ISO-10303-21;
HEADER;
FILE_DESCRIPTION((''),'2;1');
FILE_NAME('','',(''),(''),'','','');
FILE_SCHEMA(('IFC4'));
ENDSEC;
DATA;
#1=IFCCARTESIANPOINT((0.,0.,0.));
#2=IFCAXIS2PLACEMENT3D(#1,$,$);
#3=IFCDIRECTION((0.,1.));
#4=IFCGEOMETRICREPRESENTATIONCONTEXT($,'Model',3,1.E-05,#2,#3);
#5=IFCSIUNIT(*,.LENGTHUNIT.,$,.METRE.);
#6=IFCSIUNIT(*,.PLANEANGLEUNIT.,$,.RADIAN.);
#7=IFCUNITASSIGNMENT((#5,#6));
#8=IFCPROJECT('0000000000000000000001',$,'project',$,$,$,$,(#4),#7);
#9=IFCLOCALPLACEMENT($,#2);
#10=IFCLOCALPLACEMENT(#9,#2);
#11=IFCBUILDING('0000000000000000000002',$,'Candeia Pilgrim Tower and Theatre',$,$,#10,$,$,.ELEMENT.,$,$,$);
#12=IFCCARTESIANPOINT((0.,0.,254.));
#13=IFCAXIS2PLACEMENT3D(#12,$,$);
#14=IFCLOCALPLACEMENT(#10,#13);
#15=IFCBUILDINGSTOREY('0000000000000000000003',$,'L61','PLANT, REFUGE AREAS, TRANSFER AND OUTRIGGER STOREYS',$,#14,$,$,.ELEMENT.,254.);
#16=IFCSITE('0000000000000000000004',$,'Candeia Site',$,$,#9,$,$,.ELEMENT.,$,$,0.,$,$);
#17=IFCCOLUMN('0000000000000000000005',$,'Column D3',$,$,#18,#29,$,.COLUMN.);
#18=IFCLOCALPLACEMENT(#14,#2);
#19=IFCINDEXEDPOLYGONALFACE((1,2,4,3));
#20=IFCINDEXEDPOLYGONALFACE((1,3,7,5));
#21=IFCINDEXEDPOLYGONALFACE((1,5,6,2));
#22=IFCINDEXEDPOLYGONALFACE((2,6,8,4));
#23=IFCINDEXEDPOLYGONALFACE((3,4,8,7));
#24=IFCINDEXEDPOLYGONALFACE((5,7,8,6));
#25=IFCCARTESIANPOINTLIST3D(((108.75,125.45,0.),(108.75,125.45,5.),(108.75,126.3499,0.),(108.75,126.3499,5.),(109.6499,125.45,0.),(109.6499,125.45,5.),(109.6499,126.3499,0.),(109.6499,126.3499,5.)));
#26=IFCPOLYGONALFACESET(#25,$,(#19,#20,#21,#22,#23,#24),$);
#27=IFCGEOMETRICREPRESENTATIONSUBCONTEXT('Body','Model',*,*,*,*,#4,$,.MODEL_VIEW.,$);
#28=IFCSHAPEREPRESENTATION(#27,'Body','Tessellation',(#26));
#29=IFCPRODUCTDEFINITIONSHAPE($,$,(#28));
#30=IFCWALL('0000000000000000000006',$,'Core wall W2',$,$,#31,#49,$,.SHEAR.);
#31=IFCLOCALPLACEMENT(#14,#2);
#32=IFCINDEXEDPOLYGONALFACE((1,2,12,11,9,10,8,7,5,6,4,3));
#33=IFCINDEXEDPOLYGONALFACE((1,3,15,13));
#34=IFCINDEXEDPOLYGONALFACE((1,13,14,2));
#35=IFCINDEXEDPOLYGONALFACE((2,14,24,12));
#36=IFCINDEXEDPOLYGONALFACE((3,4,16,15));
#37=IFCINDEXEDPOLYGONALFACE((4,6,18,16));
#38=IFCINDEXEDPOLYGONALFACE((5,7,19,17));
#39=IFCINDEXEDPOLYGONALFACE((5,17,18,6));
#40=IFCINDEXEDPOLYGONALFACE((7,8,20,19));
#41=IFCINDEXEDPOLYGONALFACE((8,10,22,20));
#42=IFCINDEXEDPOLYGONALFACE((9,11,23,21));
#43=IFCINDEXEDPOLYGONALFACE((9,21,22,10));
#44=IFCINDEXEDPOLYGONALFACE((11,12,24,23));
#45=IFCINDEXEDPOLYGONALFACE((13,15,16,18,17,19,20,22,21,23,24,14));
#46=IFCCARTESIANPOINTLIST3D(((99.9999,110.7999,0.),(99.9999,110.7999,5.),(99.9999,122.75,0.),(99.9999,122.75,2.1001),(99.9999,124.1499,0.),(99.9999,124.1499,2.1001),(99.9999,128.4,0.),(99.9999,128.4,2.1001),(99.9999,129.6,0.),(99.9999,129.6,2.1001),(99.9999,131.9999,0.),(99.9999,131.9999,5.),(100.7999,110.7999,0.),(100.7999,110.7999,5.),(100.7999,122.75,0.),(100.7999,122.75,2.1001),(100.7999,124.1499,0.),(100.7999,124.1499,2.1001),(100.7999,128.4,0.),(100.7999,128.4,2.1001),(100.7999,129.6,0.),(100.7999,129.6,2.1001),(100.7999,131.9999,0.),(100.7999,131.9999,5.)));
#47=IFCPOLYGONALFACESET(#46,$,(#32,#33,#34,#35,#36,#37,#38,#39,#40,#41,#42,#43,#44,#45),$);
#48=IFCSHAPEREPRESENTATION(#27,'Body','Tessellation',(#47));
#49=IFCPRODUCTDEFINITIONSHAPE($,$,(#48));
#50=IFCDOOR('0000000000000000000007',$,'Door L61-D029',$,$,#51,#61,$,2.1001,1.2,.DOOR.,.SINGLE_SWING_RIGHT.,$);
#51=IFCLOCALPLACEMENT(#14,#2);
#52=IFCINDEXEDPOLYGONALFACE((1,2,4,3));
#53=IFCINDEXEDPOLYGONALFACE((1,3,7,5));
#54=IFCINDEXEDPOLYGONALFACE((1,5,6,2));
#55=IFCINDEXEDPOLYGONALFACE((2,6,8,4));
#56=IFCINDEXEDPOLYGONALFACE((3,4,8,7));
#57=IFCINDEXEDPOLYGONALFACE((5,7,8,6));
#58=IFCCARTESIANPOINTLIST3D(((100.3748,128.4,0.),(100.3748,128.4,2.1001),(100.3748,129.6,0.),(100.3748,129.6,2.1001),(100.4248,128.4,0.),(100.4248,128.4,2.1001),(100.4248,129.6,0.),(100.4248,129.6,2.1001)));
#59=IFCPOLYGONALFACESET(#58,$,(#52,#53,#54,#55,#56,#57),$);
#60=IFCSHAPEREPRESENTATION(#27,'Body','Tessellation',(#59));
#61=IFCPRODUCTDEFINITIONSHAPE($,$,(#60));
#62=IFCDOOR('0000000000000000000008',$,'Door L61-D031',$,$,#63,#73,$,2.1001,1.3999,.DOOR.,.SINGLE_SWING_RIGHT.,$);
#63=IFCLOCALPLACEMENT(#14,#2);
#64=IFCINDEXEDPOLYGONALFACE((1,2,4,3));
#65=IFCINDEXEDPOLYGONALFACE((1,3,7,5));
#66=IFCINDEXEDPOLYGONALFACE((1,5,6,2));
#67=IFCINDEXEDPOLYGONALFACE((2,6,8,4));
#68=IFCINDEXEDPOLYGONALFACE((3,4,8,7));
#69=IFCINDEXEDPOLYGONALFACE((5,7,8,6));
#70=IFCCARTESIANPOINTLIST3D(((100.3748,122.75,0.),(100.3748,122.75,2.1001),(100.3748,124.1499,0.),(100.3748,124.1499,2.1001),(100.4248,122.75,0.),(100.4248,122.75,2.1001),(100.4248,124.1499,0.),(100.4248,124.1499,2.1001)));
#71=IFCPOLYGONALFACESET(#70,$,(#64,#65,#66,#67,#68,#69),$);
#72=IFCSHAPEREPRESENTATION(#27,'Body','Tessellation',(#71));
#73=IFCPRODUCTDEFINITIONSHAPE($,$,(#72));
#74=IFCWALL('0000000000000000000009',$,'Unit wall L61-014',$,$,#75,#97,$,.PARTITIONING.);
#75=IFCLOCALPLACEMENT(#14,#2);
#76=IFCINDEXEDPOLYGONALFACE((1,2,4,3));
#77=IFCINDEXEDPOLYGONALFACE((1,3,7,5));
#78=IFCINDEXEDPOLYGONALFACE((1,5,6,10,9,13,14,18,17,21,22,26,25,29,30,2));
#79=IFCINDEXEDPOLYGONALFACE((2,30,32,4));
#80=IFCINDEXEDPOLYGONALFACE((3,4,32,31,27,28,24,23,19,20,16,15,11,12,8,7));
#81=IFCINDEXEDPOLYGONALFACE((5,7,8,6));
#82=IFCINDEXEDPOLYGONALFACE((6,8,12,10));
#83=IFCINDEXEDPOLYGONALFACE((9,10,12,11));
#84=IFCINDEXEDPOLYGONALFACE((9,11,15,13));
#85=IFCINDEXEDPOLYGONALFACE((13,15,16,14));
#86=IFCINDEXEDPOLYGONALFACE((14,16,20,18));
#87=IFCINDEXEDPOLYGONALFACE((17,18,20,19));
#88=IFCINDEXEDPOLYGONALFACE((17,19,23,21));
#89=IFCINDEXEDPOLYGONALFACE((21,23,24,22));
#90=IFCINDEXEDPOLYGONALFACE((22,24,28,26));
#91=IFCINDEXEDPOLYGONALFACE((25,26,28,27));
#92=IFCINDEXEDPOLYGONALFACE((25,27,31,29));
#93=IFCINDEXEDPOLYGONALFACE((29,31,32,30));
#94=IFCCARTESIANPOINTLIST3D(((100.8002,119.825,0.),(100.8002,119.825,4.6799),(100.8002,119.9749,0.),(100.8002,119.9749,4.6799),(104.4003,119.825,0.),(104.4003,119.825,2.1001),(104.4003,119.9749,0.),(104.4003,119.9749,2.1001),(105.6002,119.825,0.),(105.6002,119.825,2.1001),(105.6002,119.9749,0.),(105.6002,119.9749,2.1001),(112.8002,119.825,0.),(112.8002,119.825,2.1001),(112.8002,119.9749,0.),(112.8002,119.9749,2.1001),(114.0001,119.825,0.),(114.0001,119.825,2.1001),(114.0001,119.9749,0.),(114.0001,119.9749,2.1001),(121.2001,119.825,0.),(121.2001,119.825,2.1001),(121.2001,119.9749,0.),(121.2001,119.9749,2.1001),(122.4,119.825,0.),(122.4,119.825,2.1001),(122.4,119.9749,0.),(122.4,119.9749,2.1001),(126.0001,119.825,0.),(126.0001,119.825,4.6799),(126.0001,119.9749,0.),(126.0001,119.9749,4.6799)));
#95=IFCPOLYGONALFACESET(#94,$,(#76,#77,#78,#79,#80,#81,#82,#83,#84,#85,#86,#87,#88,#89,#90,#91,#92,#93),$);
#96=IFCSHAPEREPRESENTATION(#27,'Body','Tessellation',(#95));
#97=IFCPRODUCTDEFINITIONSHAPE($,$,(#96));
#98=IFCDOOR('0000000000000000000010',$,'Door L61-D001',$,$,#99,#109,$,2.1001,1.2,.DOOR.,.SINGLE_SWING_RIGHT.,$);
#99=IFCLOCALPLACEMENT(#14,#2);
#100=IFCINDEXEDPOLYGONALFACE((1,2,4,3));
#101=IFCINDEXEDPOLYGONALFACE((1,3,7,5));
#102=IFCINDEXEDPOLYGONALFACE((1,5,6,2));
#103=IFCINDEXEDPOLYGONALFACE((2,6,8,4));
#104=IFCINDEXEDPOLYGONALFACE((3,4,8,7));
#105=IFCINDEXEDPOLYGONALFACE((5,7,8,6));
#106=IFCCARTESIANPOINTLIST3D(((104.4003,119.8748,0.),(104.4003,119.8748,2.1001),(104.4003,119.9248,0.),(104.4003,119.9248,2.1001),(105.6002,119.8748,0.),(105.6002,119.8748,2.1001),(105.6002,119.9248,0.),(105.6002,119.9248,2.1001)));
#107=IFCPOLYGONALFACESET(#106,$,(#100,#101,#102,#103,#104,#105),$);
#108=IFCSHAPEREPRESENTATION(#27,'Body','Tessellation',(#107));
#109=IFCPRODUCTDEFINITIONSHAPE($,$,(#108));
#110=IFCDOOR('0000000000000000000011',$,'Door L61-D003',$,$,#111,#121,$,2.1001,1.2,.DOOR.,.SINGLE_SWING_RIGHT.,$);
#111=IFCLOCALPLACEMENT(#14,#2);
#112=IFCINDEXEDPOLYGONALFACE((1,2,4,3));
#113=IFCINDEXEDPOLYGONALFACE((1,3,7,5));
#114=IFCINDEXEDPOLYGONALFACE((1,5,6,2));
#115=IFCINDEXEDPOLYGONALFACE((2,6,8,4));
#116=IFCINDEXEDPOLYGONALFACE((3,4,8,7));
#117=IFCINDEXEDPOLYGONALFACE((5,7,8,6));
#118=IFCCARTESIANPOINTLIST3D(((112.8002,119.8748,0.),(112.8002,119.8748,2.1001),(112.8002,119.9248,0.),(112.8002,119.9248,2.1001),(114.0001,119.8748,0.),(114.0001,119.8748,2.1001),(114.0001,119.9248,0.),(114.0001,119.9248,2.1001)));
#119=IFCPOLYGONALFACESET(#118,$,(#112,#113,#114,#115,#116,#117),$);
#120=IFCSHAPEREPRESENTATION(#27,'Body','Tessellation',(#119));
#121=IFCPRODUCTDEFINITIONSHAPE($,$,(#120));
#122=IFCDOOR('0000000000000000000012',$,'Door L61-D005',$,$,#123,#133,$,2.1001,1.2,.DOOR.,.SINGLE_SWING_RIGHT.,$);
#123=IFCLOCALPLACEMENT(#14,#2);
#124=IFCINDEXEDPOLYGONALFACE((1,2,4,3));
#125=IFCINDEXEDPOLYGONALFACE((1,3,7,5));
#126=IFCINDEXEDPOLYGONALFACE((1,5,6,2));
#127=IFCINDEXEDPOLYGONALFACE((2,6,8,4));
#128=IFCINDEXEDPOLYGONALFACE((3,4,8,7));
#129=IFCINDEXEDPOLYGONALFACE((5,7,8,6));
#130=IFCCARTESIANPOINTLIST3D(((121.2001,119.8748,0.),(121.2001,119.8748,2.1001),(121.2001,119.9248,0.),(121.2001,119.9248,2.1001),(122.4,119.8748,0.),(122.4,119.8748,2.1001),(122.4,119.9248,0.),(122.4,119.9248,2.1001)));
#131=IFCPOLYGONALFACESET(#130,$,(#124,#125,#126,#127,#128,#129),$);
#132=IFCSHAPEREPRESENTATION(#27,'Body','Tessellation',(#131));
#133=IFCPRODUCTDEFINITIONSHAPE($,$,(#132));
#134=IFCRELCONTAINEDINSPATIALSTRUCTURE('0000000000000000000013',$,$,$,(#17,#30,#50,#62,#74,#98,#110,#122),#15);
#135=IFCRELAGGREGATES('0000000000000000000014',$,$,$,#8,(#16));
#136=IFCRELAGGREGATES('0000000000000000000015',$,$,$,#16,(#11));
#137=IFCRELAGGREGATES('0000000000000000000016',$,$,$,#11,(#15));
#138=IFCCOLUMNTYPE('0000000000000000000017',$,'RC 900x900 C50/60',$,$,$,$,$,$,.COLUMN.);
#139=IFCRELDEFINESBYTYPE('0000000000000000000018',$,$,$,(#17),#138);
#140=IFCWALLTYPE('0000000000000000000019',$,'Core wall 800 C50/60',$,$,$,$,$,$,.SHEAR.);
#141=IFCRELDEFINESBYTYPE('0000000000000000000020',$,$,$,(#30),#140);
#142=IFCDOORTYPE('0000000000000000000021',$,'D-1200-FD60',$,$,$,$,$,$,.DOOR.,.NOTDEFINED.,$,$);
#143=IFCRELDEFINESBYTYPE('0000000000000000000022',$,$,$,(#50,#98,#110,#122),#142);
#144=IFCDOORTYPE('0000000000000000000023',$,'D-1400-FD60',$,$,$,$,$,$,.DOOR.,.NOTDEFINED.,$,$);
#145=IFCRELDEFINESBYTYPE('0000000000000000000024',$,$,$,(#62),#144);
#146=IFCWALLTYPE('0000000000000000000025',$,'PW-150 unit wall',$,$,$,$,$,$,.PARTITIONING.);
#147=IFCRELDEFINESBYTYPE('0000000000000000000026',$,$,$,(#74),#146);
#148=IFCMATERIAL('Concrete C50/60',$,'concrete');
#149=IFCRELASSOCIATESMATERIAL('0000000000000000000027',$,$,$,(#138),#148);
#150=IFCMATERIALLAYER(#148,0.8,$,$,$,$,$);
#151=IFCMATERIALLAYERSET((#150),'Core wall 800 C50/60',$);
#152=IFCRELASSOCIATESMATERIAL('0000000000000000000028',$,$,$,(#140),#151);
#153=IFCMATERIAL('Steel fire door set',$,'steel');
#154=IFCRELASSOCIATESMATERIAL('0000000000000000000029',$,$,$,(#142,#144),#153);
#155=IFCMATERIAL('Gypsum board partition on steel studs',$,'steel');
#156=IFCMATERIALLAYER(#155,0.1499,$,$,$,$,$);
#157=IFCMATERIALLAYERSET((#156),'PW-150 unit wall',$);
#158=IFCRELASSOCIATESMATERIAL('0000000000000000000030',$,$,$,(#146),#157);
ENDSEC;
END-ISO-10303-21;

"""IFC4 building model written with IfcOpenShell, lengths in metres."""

from ifc_helpers import new_model, si_unit, direction, frame, frame_2d, origin, origin_2d, place, context, subcontext, project, spatial, rectangle, extrude, material, layer, layer_set, material_profile, profile_set, type_object, element, fill, save


model = new_model("IFC4")

# Units and contexts
model_context = context("Model", 3, precision=1e-05, world=origin(), true_north=direction((0.0, 1.0)))
body_context = subcontext(model_context, "Body", "Model", "MODEL_VIEW")
ifc_project = project(units=[si_unit("LENGTHUNIT", "METRE"), si_unit("PLANEANGLEUNIT", "RADIAN")], contexts=[model_context])

# Site, building, storey
site_placement = place(None, origin())
site = spatial("IfcSite", under=ifc_project, at=site_placement, Name="Candeia Site", CompositionType="ELEMENT", RefElevation=0.0)
building_placement = place(site_placement, origin())
building = spatial("IfcBuilding", under=site, at=building_placement, Name="Candeia Pilgrim Tower and Theatre", CompositionType="ELEMENT")
storey_placement = place(building_placement, frame((0.0, 0.0, 254.0)))
storey = spatial("IfcBuildingStorey", under=building, at=storey_placement, Name="L61", Description="PLANT, REFUGE AREAS, TRANSFER AND OUTRIGGER STOREYS", CompositionType="ELEMENT", Elevation=254.0)

# Column
ifc_material_1 = material(Name="Concrete C50/60", Category="concrete")
ifc_material_profile = material_profile(ifc_material_1, rectangle(XDim=0.8999, YDim=0.8999, at=origin_2d()))
ifc_profile_set = profile_set([ifc_material_profile], Name="Concrete C50/60")
column_type = type_object("IfcColumnType", Name="RC 900x900 C50/60", PredefinedType="COLUMN", material=ifc_profile_set)
column_placement = place(storey_placement, frame((109.2, 125.8999, 0.0), z_axis=(0.0, 0.0, 1.0), x_axis=(1.0, 0.0, 0.0)))
element("IfcColumn", 1, at=column_placement, inside=storey, type_object=column_type, Name="Column D3", PredefinedType="COLUMN", context=body_context, shape_type="SweptSolid", body=[
    extrude(rectangle(XDim=0.8999, YDim=0.8999, at=origin_2d()), origin(), (0.0, 0.0, 1.0), 5.0),
])

# Walls, openings, doors
ifc_layer_1 = layer(ifc_material_1, 0.8)
ifc_layer_set_1 = layer_set([ifc_layer_1], Name="Core wall 800 C50/60")
wall_type_1 = type_object("IfcWallType", Name="Core wall 800 C50/60", PredefinedType="SHEAR", material=ifc_layer_set_1)
wall_1_placement = place(storey_placement, frame((100.3999, 132.0, 0.0), z_axis=(0.0, 0.0, 1.0), x_axis=(0.0, -1.0, 0.0)))
wall_1 = element("IfcWall", 2, at=wall_1_placement, inside=storey, type_object=wall_type_1, Name="Core wall W2", PredefinedType="SHEAR", context=body_context, shape_type="SweptSolid", body=[
    extrude(rectangle(XDim=21.2, YDim=0.8, at=frame_2d((10.6001, 0.0))), origin(), (0.0, 0.0, 1.0), 5.0),
])
opening_1_placement = place(wall_1_placement, frame((2.3999, 0.0, 0.0)))
opening_1 = element("IfcOpeningElement", 3, at=opening_1_placement, cuts=wall_1, PredefinedType="OPENING", context=body_context, shape_type="SweptSolid", body=[
    extrude(rectangle(XDim=1.2, YDim=2.1001, at=frame_2d((0.6001, 1.05))), frame((0.0, 0.4102, 0.0), z_axis=(0.0, -1.0, 0.0), x_axis=(1.0, 0.0, 0.0)), (0.0, 0.0, 1.0), 0.8201),
])
opening_2_placement = place(wall_1_placement, frame((7.8501, 0.0, 0.0)))
opening_2 = element("IfcOpeningElement", 4, at=opening_2_placement, cuts=wall_1, PredefinedType="OPENING", context=body_context, shape_type="SweptSolid", body=[
    extrude(rectangle(XDim=1.3999, YDim=2.1001, at=frame_2d((0.7, 1.05))), frame((0.0, 0.4102, 0.0), z_axis=(0.0, -1.0, 0.0), x_axis=(1.0, 0.0, 0.0)), (0.0, 0.0, 1.0), 0.8201),
])
ifc_material_2 = material(Name="Steel fire door set", Category="steel")
door_type_1 = type_object("IfcDoorType", Name="D-1200-FD60", OperationType="NOTDEFINED", PredefinedType="DOOR", material=ifc_material_2)
door_1_placement = place(opening_1_placement, origin())
door_1 = element("IfcDoor", 5, at=door_1_placement, inside=storey, type_object=door_type_1, Name="Door L61-D029", OperationType="SINGLE_SWING_RIGHT", OverallHeight=2.1001, OverallWidth=1.2, PredefinedType="DOOR", context=body_context, shape_type="SweptSolid", body=[
    extrude(rectangle(XDim=1.2, YDim=2.1001, at=frame_2d((0.6001, 1.05))), frame((0.0, 0.0249, 0.0), z_axis=(0.0, -1.0, 0.0), x_axis=(1.0, 0.0, 0.0)), (0.0, 0.0, 1.0), 0.05),
])
fill(opening_1, door_1)
door_type_2 = type_object("IfcDoorType", Name="D-1400-FD60", OperationType="NOTDEFINED", PredefinedType="DOOR", material=ifc_material_2)
door_2_placement = place(opening_2_placement, origin())
door_2 = element("IfcDoor", 6, at=door_2_placement, inside=storey, type_object=door_type_2, Name="Door L61-D031", OperationType="SINGLE_SWING_RIGHT", OverallHeight=2.1001, OverallWidth=1.3999, PredefinedType="DOOR", context=body_context, shape_type="SweptSolid", body=[
    extrude(rectangle(XDim=1.3999, YDim=2.1001, at=frame_2d((0.7, 1.05))), frame((0.0, 0.0249, 0.0), z_axis=(0.0, -1.0, 0.0), x_axis=(1.0, 0.0, 0.0)), (0.0, 0.0, 1.0), 0.05),
])
fill(opening_2, door_2)
ifc_material_3 = material(Name="Gypsum board partition on steel studs", Category="steel")
ifc_layer_2 = layer(ifc_material_3, 0.1499)
ifc_layer_set_2 = layer_set([ifc_layer_2], Name="PW-150 unit wall")
wall_type_2 = type_object("IfcWallType", Name="PW-150 unit wall", PredefinedType="PARTITIONING", material=ifc_layer_set_2)
wall_2_placement = place(storey_placement, frame((100.8, 119.8999, 0.0), z_axis=(0.0, 0.0, 1.0), x_axis=(1.0, 0.0, 0.0)))
wall_2 = element("IfcWall", 7, at=wall_2_placement, inside=storey, type_object=wall_type_2, Name="Unit wall L61-014", PredefinedType="PARTITIONING", context=body_context, shape_type="SweptSolid", body=[
    extrude(rectangle(XDim=25.2, YDim=0.1499, at=frame_2d((12.6001, 0.0))), origin(), (0.0, 0.0, 1.0), 4.6799),
])
opening_3_placement = place(wall_2_placement, frame((3.6001, 0.0, 0.0)))
opening_3 = element("IfcOpeningElement", 8, at=opening_3_placement, cuts=wall_2, PredefinedType="OPENING", context=body_context, shape_type="SweptSolid", body=[
    extrude(rectangle(XDim=1.2, YDim=2.1001, at=frame_2d((0.6001, 1.05))), frame((0.0, 0.085, 0.0), z_axis=(0.0, -1.0, 0.0), x_axis=(1.0, 0.0, 0.0)), (0.0, 0.0, 1.0), 0.1699),
])
opening_4_placement = place(wall_2_placement, frame((12.0, 0.0, 0.0)))
opening_4 = element("IfcOpeningElement", 9, at=opening_4_placement, cuts=wall_2, PredefinedType="OPENING", context=body_context, shape_type="SweptSolid", body=[
    extrude(rectangle(XDim=1.2, YDim=2.1001, at=frame_2d((0.6001, 1.05))), frame((0.0, 0.085, 0.0), z_axis=(0.0, -1.0, 0.0), x_axis=(1.0, 0.0, 0.0)), (0.0, 0.0, 1.0), 0.1699),
])
opening_5_placement = place(wall_2_placement, frame((20.3999, 0.0, 0.0)))
opening_5 = element("IfcOpeningElement", 10, at=opening_5_placement, cuts=wall_2, PredefinedType="OPENING", context=body_context, shape_type="SweptSolid", body=[
    extrude(rectangle(XDim=1.2, YDim=2.1001, at=frame_2d((0.6001, 1.05))), frame((0.0, 0.085, 0.0), z_axis=(0.0, -1.0, 0.0), x_axis=(1.0, 0.0, 0.0)), (0.0, 0.0, 1.0), 0.1699),
])
door_3_placement = place(opening_3_placement, origin())
door_3 = element("IfcDoor", 11, at=door_3_placement, inside=storey, type_object=door_type_1, Name="Door L61-D001", OperationType="SINGLE_SWING_RIGHT", OverallHeight=2.1001, OverallWidth=1.2, PredefinedType="DOOR", context=body_context, shape_type="SweptSolid", body=[
    extrude(rectangle(XDim=1.2, YDim=2.1001, at=frame_2d((0.6001, 1.05))), frame((0.0, 0.0249, 0.0), z_axis=(0.0, -1.0, 0.0), x_axis=(1.0, 0.0, 0.0)), (0.0, 0.0, 1.0), 0.05),
])
fill(opening_3, door_3)
door_4_placement = place(opening_4_placement, origin())
door_4 = element("IfcDoor", 12, at=door_4_placement, inside=storey, type_object=door_type_1, Name="Door L61-D003", OperationType="SINGLE_SWING_RIGHT", OverallHeight=2.1001, OverallWidth=1.2, PredefinedType="DOOR", context=body_context, shape_type="SweptSolid", body=[
    extrude(rectangle(XDim=1.2, YDim=2.1001, at=frame_2d((0.6001, 1.05))), frame((0.0, 0.0249, 0.0), z_axis=(0.0, -1.0, 0.0), x_axis=(1.0, 0.0, 0.0)), (0.0, 0.0, 1.0), 0.05),
])
fill(opening_4, door_4)
door_5_placement = place(opening_5_placement, origin())
door_5 = element("IfcDoor", 13, at=door_5_placement, inside=storey, type_object=door_type_1, Name="Door L61-D005", OperationType="SINGLE_SWING_RIGHT", OverallHeight=2.1001, OverallWidth=1.2, PredefinedType="DOOR", context=body_context, shape_type="SweptSolid", body=[
    extrude(rectangle(XDim=1.2, YDim=2.1001, at=frame_2d((0.6001, 1.05))), frame((0.0, 0.0249, 0.0), z_axis=(0.0, -1.0, 0.0), x_axis=(1.0, 0.0, 0.0)), (0.0, 0.0, 1.0), 0.05),
])
fill(opening_5, door_5)

save(model, "model.ifc")
